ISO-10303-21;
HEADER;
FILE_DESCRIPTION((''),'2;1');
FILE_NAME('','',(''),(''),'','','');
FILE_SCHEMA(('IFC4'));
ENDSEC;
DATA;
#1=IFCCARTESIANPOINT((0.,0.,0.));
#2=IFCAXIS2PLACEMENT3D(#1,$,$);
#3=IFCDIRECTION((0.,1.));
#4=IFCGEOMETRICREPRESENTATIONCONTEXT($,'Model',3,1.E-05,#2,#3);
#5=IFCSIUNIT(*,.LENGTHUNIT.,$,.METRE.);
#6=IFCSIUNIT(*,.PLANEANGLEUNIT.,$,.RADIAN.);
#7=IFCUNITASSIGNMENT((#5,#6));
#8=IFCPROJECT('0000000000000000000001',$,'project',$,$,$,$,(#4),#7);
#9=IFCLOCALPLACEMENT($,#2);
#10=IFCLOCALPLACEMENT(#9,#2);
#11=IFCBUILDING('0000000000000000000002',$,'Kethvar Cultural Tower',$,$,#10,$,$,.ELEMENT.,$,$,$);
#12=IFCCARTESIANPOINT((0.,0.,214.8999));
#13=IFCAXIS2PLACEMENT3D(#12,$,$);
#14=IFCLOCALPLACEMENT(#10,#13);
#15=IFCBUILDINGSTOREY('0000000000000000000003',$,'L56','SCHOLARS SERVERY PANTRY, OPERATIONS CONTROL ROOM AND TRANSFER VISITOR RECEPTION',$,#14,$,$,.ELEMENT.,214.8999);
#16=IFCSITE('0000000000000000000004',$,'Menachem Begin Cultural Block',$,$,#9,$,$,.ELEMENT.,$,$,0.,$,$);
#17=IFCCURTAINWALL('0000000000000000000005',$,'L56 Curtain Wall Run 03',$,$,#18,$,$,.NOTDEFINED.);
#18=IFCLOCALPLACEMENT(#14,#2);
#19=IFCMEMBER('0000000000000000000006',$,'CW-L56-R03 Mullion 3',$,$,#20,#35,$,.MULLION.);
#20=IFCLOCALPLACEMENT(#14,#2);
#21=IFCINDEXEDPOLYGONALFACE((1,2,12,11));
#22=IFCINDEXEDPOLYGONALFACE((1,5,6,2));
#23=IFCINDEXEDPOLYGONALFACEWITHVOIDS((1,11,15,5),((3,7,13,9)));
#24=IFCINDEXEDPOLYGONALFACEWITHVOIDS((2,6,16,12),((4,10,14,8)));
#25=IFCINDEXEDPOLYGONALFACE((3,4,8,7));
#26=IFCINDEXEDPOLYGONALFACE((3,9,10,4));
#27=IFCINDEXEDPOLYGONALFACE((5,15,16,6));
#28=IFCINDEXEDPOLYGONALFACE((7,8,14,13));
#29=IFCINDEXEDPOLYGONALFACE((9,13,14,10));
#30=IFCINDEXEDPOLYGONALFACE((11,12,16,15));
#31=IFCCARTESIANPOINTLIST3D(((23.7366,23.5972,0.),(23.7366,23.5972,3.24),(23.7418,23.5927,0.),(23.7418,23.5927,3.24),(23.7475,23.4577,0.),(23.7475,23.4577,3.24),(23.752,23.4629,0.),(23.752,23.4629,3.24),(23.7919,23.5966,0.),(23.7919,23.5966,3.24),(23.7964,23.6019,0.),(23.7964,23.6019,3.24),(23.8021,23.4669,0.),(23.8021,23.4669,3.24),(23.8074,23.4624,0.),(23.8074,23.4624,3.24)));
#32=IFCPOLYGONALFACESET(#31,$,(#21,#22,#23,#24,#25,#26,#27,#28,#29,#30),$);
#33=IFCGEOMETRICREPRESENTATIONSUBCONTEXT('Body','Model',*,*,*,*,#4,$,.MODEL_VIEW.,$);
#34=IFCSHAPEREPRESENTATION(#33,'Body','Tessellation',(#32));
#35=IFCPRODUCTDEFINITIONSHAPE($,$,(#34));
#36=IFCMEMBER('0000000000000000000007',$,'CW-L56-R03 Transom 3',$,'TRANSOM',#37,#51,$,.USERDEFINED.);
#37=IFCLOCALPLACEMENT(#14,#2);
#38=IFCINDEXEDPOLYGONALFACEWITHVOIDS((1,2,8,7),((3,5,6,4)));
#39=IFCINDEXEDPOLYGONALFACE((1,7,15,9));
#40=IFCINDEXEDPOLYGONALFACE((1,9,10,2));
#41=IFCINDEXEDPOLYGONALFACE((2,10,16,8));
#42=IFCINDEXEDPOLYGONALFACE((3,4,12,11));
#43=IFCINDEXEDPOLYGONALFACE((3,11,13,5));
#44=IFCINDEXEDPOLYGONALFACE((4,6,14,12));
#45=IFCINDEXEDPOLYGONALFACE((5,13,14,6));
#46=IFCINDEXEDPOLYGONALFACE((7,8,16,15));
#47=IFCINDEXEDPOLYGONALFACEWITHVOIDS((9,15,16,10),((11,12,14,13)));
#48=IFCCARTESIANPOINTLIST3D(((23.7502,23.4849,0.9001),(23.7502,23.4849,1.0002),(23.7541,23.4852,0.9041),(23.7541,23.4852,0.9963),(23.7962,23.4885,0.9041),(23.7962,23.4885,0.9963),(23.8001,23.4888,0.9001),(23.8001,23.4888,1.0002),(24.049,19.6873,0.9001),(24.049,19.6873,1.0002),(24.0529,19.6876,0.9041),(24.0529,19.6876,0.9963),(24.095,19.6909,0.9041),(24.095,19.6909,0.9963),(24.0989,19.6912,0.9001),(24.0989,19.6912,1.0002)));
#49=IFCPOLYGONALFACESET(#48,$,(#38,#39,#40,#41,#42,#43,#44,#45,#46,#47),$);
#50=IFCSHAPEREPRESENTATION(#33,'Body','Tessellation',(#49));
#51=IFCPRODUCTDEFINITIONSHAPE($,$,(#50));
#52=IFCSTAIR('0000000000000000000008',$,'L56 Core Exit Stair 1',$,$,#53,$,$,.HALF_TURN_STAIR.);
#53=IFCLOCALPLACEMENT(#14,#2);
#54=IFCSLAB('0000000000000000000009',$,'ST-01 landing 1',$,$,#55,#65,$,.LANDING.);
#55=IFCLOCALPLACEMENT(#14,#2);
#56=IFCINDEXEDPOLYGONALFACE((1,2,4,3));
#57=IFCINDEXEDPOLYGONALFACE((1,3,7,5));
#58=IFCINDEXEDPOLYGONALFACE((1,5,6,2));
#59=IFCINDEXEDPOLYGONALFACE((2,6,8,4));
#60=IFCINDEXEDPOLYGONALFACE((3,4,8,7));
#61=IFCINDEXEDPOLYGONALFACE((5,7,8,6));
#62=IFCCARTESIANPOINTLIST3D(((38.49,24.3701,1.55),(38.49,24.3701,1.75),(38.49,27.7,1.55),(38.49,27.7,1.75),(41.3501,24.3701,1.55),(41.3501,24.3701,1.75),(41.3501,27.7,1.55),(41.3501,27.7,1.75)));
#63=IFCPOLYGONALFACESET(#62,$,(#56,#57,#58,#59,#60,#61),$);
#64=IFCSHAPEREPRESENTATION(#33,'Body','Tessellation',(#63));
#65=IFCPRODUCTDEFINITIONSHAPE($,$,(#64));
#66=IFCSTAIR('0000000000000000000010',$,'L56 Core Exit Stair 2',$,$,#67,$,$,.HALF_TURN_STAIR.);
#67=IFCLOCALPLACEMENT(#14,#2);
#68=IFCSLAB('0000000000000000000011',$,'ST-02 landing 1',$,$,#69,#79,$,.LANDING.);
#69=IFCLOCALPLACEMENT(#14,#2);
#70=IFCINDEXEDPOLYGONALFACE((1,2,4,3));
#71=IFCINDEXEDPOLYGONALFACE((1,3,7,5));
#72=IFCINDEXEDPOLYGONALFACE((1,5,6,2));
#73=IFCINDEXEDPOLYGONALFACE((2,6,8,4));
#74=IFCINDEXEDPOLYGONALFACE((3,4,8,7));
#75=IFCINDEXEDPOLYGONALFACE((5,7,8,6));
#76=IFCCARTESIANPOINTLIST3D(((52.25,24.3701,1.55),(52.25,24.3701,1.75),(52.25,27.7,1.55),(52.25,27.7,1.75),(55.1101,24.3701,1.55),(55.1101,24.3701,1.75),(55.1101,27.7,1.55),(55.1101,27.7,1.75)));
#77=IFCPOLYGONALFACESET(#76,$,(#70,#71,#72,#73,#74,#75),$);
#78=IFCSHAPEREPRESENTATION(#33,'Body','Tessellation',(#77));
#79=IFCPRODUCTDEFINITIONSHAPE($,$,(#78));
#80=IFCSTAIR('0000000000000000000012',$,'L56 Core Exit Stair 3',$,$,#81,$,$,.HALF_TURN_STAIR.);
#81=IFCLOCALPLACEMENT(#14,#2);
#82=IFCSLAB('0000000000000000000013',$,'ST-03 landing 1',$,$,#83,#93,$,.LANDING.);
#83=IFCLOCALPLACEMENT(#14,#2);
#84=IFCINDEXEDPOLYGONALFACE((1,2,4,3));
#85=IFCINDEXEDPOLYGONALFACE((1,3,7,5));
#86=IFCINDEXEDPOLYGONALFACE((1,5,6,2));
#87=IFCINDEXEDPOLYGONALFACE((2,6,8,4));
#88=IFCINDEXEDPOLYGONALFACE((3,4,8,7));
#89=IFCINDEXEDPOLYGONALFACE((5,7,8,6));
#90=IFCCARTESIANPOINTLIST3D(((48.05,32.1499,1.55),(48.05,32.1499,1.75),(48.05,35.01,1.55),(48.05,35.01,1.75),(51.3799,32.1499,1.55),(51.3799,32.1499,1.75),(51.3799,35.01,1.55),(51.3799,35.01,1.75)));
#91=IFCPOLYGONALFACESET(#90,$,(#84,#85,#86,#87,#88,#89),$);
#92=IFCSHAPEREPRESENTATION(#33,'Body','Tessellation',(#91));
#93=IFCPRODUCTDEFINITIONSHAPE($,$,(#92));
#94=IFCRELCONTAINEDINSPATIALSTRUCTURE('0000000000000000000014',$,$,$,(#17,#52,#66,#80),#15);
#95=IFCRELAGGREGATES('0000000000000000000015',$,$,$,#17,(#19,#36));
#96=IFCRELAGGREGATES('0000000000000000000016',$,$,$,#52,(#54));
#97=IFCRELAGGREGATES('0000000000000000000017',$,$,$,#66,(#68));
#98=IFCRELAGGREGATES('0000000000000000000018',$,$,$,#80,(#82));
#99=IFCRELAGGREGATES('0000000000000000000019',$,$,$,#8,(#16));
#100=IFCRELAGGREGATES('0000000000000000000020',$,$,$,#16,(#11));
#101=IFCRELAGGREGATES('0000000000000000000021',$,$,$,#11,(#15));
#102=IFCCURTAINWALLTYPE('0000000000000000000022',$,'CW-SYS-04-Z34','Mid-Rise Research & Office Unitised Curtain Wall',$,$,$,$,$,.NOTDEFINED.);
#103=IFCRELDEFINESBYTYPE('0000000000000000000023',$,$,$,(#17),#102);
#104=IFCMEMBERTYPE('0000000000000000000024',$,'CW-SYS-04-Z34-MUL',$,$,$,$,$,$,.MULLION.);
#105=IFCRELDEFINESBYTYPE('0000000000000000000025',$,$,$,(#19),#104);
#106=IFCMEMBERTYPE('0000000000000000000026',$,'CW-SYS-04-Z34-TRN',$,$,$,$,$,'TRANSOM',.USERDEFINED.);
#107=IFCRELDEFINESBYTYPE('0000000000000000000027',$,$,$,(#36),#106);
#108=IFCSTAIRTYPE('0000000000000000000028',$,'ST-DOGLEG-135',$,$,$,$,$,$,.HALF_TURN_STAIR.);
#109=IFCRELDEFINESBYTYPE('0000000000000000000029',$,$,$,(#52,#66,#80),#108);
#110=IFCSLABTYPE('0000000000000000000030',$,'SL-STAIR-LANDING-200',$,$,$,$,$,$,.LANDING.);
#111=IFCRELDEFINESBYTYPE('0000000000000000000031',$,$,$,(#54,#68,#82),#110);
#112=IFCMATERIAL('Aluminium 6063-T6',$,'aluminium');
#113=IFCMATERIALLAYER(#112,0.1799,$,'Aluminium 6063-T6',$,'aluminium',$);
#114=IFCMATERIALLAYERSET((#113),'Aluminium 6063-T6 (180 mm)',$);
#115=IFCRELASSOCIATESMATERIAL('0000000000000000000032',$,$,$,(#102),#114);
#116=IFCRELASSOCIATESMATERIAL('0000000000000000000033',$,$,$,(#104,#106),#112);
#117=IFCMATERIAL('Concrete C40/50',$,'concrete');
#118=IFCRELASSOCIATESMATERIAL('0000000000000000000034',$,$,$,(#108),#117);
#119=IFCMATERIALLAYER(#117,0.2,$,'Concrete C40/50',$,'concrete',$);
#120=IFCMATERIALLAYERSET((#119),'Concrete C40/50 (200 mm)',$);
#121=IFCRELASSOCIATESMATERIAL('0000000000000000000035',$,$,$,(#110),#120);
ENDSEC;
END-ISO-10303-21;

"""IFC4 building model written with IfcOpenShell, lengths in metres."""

from ifc_helpers import new_model, si_unit, direction, frame, origin, origin_2d, place, context, subcontext, project, spatial, polyline, hollow_rectangle, outline, extrude, source, transform, mapped, material, layer, layer_set, material_profile, profile_set, type_object, element, aggregate, save


model = new_model("IFC4")

# Units and contexts
model_context = context("Model", 3, precision=1e-05, world=origin(), true_north=direction((0.0, 1.0)))
body_context = subcontext(model_context, "Body", "Model", "MODEL_VIEW")
ifc_project = project(units=[si_unit("LENGTHUNIT", "METRE"), si_unit("PLANEANGLEUNIT", "RADIAN")], contexts=[model_context])

# Site, building, storey
site_placement = place(None, origin())
site = spatial("IfcSite", under=ifc_project, at=site_placement, Name="Menachem Begin Cultural Block", CompositionType="ELEMENT", RefElevation=0.0)
building_placement = place(site_placement, origin())
building = spatial("IfcBuilding", under=site, at=building_placement, Name="Kethvar Cultural Tower", CompositionType="ELEMENT")
storey_placement = place(building_placement, frame((0.0, 0.0, 214.8999)))
storey = spatial("IfcBuildingStorey", under=building, at=storey_placement, Name="L56", Description="SCHOLARS SERVERY PANTRY, OPERATIONS CONTROL ROOM AND TRANSFER VISITOR RECEPTION", CompositionType="ELEMENT", Elevation=214.8999)

# Curtain wall, members
ifc_material_1 = material(Name="Aluminium 6063-T6", Category="aluminium")
ifc_layer_1 = layer(ifc_material_1, 0.1799, Name="Aluminium 6063-T6", Category="aluminium")
ifc_layer_set_1 = layer_set([ifc_layer_1], Name="Aluminium 6063-T6 (180 mm)")
curtain_wall_type = type_object("IfcCurtainWallType", Name="CW-SYS-04-Z34", Description="Mid-Rise Research & Office Unitised Curtain Wall", PredefinedType="NOTDEFINED", material=ifc_layer_set_1)
curtain_wall_placement = place(storey_placement, origin())
curtain_wall = element("IfcCurtainWall", 1, at=curtain_wall_placement, inside=storey, type_object=curtain_wall_type, Name="L56 Curtain Wall Run 03", PredefinedType="NOTDEFINED")
ifc_material_profile_1 = material_profile(ifc_material_1, hollow_rectangle(XDim=0.0601, YDim=0.1399, WallThickness=0.0049, at=origin_2d()), Name="Aluminium 6063-T6 — RHS140x60x5")
ifc_profile_set_1 = profile_set([ifc_material_profile_1], Name="Aluminium 6063-T6 — RHS140x60x5")
member_type_1 = type_object("IfcMemberType", Name="CW-SYS-04-Z34-MUL", PredefinedType="MULLION", material=ifc_profile_set_1)
shared_shape_1 = source(origin(), body_context, "Body", "SweptSolid", [
    extrude(hollow_rectangle(XDim=0.0601, YDim=0.1399, WallThickness=0.0049, at=origin_2d()), origin(), (0.0, 0.0, 1.0), 3.24),
])
member_1_placement = place(storey_placement, frame((23.772, 23.5298, 0.0), z_axis=(0.0, 0.0, 1.0), x_axis=(0.99692, 0.078424, 0.0)))
member_1 = element("IfcMember", 2, at=member_1_placement, type_object=member_type_1, Name="CW-L56-R03 Mullion 3", PredefinedType="MULLION", context=body_context, shape_type="MappedRepresentation", body=[
    mapped(shared_shape_1, transform((0.0, 0.0, 0.0), scale=1.0)),
])
ifc_material_profile_2 = material_profile(ifc_material_1, hollow_rectangle(XDim=0.05, YDim=0.1001, WallThickness=0.0039, at=origin_2d()), Name="Aluminium 6063-T6 — RHS100x50x4")
ifc_profile_set_2 = profile_set([ifc_material_profile_2], Name="Aluminium 6063-T6 — RHS100x50x4")
member_type_2 = type_object("IfcMemberType", Name="CW-SYS-04-Z34-TRN", ElementType="TRANSOM", PredefinedType="USERDEFINED", material=ifc_profile_set_2)
shared_shape_2 = source(origin(), body_context, "Body", "SweptSolid", [
    extrude(hollow_rectangle(XDim=0.05, YDim=0.1001, WallThickness=0.0039, at=origin_2d()), origin(), (0.0, 0.0, 1.0), 3.8093),
])
member_2_placement = place(storey_placement, frame((23.7751, 23.4868, 0.9502), z_axis=(0.078446, -0.996918, 0.0), x_axis=(0.996918, 0.078446, 0.0)))
member_2 = element("IfcMember", 3, at=member_2_placement, type_object=member_type_2, Name="CW-L56-R03 Transom 3", ObjectType="TRANSOM", PredefinedType="USERDEFINED", context=body_context, shape_type="MappedRepresentation", body=[
    mapped(shared_shape_2, transform((0.0, 0.0, 0.0), scale=1.0)),
])
aggregate(curtain_wall, [member_1, member_2])

# Stairs, slabs
ifc_material_2 = material(Name="Concrete C40/50", Category="concrete")
stair_type = type_object("IfcStairType", Name="ST-DOGLEG-135", PredefinedType="HALF_TURN_STAIR", material=ifc_material_2)
stair_1_placement = place(storey_placement, origin())
stair_1 = element("IfcStair", 4, at=stair_1_placement, inside=storey, type_object=stair_type, Name="L56 Core Exit Stair 1", PredefinedType="HALF_TURN_STAIR")
ifc_layer_2 = layer(ifc_material_2, 0.2, Name="Concrete C40/50", Category="concrete")
ifc_layer_set_2 = layer_set([ifc_layer_2], Name="Concrete C40/50 (200 mm)")
slab_type_1 = type_object("IfcSlabType", Name="SL-STAIR-LANDING-200", PredefinedType="LANDING", material=ifc_layer_set_2)
slab_1_placement = place(storey_placement, frame((0.0, 0.0, 1.55)))
slab_1 = element("IfcSlab", 5, at=slab_1_placement, type_object=slab_type_1, Name="ST-01 landing 1", PredefinedType="LANDING", context=body_context, shape_type="SweptSolid", body=[
    extrude(outline(polyline([(41.3501, 24.3701), (41.3501, 27.7), (38.49, 27.7), (38.49, 24.3701), (41.3501, 24.3701)])), origin(), (0.0, 0.0, 1.0), 0.2),
])
aggregate(stair_1, [slab_1])
stair_2_placement = place(storey_placement, origin())
stair_2 = element("IfcStair", 6, at=stair_2_placement, inside=storey, type_object=stair_type, Name="L56 Core Exit Stair 2", PredefinedType="HALF_TURN_STAIR")
slab_2_placement = place(storey_placement, frame((0.0, 0.0, 1.55)))
slab_2 = element("IfcSlab", 7, at=slab_2_placement, type_object=slab_type_1, Name="ST-02 landing 1", PredefinedType="LANDING", context=body_context, shape_type="SweptSolid", body=[
    extrude(outline(polyline([(55.1101, 24.3701), (55.1101, 27.7), (52.25, 27.7), (52.25, 24.3701), (55.1101, 24.3701)])), origin(), (0.0, 0.0, 1.0), 0.2),
])
aggregate(stair_2, [slab_2])
stair_3_placement = place(storey_placement, origin())
stair_3 = element("IfcStair", 8, at=stair_3_placement, inside=storey, type_object=stair_type, Name="L56 Core Exit Stair 3", PredefinedType="HALF_TURN_STAIR")
slab_3_placement = place(storey_placement, frame((0.0, 0.0, 1.55)))
slab_3 = element("IfcSlab", 9, at=slab_3_placement, type_object=slab_type_1, Name="ST-03 landing 1", PredefinedType="LANDING", context=body_context, shape_type="SweptSolid", body=[
    extrude(outline(polyline([(51.3799, 35.01), (48.05, 35.01), (48.05, 32.1499), (51.3799, 32.1499), (51.3799, 35.01)])), origin(), (0.0, 0.0, 1.0), 0.2),
])
aggregate(stair_3, [slab_3])

save(model, "model.ifc")
